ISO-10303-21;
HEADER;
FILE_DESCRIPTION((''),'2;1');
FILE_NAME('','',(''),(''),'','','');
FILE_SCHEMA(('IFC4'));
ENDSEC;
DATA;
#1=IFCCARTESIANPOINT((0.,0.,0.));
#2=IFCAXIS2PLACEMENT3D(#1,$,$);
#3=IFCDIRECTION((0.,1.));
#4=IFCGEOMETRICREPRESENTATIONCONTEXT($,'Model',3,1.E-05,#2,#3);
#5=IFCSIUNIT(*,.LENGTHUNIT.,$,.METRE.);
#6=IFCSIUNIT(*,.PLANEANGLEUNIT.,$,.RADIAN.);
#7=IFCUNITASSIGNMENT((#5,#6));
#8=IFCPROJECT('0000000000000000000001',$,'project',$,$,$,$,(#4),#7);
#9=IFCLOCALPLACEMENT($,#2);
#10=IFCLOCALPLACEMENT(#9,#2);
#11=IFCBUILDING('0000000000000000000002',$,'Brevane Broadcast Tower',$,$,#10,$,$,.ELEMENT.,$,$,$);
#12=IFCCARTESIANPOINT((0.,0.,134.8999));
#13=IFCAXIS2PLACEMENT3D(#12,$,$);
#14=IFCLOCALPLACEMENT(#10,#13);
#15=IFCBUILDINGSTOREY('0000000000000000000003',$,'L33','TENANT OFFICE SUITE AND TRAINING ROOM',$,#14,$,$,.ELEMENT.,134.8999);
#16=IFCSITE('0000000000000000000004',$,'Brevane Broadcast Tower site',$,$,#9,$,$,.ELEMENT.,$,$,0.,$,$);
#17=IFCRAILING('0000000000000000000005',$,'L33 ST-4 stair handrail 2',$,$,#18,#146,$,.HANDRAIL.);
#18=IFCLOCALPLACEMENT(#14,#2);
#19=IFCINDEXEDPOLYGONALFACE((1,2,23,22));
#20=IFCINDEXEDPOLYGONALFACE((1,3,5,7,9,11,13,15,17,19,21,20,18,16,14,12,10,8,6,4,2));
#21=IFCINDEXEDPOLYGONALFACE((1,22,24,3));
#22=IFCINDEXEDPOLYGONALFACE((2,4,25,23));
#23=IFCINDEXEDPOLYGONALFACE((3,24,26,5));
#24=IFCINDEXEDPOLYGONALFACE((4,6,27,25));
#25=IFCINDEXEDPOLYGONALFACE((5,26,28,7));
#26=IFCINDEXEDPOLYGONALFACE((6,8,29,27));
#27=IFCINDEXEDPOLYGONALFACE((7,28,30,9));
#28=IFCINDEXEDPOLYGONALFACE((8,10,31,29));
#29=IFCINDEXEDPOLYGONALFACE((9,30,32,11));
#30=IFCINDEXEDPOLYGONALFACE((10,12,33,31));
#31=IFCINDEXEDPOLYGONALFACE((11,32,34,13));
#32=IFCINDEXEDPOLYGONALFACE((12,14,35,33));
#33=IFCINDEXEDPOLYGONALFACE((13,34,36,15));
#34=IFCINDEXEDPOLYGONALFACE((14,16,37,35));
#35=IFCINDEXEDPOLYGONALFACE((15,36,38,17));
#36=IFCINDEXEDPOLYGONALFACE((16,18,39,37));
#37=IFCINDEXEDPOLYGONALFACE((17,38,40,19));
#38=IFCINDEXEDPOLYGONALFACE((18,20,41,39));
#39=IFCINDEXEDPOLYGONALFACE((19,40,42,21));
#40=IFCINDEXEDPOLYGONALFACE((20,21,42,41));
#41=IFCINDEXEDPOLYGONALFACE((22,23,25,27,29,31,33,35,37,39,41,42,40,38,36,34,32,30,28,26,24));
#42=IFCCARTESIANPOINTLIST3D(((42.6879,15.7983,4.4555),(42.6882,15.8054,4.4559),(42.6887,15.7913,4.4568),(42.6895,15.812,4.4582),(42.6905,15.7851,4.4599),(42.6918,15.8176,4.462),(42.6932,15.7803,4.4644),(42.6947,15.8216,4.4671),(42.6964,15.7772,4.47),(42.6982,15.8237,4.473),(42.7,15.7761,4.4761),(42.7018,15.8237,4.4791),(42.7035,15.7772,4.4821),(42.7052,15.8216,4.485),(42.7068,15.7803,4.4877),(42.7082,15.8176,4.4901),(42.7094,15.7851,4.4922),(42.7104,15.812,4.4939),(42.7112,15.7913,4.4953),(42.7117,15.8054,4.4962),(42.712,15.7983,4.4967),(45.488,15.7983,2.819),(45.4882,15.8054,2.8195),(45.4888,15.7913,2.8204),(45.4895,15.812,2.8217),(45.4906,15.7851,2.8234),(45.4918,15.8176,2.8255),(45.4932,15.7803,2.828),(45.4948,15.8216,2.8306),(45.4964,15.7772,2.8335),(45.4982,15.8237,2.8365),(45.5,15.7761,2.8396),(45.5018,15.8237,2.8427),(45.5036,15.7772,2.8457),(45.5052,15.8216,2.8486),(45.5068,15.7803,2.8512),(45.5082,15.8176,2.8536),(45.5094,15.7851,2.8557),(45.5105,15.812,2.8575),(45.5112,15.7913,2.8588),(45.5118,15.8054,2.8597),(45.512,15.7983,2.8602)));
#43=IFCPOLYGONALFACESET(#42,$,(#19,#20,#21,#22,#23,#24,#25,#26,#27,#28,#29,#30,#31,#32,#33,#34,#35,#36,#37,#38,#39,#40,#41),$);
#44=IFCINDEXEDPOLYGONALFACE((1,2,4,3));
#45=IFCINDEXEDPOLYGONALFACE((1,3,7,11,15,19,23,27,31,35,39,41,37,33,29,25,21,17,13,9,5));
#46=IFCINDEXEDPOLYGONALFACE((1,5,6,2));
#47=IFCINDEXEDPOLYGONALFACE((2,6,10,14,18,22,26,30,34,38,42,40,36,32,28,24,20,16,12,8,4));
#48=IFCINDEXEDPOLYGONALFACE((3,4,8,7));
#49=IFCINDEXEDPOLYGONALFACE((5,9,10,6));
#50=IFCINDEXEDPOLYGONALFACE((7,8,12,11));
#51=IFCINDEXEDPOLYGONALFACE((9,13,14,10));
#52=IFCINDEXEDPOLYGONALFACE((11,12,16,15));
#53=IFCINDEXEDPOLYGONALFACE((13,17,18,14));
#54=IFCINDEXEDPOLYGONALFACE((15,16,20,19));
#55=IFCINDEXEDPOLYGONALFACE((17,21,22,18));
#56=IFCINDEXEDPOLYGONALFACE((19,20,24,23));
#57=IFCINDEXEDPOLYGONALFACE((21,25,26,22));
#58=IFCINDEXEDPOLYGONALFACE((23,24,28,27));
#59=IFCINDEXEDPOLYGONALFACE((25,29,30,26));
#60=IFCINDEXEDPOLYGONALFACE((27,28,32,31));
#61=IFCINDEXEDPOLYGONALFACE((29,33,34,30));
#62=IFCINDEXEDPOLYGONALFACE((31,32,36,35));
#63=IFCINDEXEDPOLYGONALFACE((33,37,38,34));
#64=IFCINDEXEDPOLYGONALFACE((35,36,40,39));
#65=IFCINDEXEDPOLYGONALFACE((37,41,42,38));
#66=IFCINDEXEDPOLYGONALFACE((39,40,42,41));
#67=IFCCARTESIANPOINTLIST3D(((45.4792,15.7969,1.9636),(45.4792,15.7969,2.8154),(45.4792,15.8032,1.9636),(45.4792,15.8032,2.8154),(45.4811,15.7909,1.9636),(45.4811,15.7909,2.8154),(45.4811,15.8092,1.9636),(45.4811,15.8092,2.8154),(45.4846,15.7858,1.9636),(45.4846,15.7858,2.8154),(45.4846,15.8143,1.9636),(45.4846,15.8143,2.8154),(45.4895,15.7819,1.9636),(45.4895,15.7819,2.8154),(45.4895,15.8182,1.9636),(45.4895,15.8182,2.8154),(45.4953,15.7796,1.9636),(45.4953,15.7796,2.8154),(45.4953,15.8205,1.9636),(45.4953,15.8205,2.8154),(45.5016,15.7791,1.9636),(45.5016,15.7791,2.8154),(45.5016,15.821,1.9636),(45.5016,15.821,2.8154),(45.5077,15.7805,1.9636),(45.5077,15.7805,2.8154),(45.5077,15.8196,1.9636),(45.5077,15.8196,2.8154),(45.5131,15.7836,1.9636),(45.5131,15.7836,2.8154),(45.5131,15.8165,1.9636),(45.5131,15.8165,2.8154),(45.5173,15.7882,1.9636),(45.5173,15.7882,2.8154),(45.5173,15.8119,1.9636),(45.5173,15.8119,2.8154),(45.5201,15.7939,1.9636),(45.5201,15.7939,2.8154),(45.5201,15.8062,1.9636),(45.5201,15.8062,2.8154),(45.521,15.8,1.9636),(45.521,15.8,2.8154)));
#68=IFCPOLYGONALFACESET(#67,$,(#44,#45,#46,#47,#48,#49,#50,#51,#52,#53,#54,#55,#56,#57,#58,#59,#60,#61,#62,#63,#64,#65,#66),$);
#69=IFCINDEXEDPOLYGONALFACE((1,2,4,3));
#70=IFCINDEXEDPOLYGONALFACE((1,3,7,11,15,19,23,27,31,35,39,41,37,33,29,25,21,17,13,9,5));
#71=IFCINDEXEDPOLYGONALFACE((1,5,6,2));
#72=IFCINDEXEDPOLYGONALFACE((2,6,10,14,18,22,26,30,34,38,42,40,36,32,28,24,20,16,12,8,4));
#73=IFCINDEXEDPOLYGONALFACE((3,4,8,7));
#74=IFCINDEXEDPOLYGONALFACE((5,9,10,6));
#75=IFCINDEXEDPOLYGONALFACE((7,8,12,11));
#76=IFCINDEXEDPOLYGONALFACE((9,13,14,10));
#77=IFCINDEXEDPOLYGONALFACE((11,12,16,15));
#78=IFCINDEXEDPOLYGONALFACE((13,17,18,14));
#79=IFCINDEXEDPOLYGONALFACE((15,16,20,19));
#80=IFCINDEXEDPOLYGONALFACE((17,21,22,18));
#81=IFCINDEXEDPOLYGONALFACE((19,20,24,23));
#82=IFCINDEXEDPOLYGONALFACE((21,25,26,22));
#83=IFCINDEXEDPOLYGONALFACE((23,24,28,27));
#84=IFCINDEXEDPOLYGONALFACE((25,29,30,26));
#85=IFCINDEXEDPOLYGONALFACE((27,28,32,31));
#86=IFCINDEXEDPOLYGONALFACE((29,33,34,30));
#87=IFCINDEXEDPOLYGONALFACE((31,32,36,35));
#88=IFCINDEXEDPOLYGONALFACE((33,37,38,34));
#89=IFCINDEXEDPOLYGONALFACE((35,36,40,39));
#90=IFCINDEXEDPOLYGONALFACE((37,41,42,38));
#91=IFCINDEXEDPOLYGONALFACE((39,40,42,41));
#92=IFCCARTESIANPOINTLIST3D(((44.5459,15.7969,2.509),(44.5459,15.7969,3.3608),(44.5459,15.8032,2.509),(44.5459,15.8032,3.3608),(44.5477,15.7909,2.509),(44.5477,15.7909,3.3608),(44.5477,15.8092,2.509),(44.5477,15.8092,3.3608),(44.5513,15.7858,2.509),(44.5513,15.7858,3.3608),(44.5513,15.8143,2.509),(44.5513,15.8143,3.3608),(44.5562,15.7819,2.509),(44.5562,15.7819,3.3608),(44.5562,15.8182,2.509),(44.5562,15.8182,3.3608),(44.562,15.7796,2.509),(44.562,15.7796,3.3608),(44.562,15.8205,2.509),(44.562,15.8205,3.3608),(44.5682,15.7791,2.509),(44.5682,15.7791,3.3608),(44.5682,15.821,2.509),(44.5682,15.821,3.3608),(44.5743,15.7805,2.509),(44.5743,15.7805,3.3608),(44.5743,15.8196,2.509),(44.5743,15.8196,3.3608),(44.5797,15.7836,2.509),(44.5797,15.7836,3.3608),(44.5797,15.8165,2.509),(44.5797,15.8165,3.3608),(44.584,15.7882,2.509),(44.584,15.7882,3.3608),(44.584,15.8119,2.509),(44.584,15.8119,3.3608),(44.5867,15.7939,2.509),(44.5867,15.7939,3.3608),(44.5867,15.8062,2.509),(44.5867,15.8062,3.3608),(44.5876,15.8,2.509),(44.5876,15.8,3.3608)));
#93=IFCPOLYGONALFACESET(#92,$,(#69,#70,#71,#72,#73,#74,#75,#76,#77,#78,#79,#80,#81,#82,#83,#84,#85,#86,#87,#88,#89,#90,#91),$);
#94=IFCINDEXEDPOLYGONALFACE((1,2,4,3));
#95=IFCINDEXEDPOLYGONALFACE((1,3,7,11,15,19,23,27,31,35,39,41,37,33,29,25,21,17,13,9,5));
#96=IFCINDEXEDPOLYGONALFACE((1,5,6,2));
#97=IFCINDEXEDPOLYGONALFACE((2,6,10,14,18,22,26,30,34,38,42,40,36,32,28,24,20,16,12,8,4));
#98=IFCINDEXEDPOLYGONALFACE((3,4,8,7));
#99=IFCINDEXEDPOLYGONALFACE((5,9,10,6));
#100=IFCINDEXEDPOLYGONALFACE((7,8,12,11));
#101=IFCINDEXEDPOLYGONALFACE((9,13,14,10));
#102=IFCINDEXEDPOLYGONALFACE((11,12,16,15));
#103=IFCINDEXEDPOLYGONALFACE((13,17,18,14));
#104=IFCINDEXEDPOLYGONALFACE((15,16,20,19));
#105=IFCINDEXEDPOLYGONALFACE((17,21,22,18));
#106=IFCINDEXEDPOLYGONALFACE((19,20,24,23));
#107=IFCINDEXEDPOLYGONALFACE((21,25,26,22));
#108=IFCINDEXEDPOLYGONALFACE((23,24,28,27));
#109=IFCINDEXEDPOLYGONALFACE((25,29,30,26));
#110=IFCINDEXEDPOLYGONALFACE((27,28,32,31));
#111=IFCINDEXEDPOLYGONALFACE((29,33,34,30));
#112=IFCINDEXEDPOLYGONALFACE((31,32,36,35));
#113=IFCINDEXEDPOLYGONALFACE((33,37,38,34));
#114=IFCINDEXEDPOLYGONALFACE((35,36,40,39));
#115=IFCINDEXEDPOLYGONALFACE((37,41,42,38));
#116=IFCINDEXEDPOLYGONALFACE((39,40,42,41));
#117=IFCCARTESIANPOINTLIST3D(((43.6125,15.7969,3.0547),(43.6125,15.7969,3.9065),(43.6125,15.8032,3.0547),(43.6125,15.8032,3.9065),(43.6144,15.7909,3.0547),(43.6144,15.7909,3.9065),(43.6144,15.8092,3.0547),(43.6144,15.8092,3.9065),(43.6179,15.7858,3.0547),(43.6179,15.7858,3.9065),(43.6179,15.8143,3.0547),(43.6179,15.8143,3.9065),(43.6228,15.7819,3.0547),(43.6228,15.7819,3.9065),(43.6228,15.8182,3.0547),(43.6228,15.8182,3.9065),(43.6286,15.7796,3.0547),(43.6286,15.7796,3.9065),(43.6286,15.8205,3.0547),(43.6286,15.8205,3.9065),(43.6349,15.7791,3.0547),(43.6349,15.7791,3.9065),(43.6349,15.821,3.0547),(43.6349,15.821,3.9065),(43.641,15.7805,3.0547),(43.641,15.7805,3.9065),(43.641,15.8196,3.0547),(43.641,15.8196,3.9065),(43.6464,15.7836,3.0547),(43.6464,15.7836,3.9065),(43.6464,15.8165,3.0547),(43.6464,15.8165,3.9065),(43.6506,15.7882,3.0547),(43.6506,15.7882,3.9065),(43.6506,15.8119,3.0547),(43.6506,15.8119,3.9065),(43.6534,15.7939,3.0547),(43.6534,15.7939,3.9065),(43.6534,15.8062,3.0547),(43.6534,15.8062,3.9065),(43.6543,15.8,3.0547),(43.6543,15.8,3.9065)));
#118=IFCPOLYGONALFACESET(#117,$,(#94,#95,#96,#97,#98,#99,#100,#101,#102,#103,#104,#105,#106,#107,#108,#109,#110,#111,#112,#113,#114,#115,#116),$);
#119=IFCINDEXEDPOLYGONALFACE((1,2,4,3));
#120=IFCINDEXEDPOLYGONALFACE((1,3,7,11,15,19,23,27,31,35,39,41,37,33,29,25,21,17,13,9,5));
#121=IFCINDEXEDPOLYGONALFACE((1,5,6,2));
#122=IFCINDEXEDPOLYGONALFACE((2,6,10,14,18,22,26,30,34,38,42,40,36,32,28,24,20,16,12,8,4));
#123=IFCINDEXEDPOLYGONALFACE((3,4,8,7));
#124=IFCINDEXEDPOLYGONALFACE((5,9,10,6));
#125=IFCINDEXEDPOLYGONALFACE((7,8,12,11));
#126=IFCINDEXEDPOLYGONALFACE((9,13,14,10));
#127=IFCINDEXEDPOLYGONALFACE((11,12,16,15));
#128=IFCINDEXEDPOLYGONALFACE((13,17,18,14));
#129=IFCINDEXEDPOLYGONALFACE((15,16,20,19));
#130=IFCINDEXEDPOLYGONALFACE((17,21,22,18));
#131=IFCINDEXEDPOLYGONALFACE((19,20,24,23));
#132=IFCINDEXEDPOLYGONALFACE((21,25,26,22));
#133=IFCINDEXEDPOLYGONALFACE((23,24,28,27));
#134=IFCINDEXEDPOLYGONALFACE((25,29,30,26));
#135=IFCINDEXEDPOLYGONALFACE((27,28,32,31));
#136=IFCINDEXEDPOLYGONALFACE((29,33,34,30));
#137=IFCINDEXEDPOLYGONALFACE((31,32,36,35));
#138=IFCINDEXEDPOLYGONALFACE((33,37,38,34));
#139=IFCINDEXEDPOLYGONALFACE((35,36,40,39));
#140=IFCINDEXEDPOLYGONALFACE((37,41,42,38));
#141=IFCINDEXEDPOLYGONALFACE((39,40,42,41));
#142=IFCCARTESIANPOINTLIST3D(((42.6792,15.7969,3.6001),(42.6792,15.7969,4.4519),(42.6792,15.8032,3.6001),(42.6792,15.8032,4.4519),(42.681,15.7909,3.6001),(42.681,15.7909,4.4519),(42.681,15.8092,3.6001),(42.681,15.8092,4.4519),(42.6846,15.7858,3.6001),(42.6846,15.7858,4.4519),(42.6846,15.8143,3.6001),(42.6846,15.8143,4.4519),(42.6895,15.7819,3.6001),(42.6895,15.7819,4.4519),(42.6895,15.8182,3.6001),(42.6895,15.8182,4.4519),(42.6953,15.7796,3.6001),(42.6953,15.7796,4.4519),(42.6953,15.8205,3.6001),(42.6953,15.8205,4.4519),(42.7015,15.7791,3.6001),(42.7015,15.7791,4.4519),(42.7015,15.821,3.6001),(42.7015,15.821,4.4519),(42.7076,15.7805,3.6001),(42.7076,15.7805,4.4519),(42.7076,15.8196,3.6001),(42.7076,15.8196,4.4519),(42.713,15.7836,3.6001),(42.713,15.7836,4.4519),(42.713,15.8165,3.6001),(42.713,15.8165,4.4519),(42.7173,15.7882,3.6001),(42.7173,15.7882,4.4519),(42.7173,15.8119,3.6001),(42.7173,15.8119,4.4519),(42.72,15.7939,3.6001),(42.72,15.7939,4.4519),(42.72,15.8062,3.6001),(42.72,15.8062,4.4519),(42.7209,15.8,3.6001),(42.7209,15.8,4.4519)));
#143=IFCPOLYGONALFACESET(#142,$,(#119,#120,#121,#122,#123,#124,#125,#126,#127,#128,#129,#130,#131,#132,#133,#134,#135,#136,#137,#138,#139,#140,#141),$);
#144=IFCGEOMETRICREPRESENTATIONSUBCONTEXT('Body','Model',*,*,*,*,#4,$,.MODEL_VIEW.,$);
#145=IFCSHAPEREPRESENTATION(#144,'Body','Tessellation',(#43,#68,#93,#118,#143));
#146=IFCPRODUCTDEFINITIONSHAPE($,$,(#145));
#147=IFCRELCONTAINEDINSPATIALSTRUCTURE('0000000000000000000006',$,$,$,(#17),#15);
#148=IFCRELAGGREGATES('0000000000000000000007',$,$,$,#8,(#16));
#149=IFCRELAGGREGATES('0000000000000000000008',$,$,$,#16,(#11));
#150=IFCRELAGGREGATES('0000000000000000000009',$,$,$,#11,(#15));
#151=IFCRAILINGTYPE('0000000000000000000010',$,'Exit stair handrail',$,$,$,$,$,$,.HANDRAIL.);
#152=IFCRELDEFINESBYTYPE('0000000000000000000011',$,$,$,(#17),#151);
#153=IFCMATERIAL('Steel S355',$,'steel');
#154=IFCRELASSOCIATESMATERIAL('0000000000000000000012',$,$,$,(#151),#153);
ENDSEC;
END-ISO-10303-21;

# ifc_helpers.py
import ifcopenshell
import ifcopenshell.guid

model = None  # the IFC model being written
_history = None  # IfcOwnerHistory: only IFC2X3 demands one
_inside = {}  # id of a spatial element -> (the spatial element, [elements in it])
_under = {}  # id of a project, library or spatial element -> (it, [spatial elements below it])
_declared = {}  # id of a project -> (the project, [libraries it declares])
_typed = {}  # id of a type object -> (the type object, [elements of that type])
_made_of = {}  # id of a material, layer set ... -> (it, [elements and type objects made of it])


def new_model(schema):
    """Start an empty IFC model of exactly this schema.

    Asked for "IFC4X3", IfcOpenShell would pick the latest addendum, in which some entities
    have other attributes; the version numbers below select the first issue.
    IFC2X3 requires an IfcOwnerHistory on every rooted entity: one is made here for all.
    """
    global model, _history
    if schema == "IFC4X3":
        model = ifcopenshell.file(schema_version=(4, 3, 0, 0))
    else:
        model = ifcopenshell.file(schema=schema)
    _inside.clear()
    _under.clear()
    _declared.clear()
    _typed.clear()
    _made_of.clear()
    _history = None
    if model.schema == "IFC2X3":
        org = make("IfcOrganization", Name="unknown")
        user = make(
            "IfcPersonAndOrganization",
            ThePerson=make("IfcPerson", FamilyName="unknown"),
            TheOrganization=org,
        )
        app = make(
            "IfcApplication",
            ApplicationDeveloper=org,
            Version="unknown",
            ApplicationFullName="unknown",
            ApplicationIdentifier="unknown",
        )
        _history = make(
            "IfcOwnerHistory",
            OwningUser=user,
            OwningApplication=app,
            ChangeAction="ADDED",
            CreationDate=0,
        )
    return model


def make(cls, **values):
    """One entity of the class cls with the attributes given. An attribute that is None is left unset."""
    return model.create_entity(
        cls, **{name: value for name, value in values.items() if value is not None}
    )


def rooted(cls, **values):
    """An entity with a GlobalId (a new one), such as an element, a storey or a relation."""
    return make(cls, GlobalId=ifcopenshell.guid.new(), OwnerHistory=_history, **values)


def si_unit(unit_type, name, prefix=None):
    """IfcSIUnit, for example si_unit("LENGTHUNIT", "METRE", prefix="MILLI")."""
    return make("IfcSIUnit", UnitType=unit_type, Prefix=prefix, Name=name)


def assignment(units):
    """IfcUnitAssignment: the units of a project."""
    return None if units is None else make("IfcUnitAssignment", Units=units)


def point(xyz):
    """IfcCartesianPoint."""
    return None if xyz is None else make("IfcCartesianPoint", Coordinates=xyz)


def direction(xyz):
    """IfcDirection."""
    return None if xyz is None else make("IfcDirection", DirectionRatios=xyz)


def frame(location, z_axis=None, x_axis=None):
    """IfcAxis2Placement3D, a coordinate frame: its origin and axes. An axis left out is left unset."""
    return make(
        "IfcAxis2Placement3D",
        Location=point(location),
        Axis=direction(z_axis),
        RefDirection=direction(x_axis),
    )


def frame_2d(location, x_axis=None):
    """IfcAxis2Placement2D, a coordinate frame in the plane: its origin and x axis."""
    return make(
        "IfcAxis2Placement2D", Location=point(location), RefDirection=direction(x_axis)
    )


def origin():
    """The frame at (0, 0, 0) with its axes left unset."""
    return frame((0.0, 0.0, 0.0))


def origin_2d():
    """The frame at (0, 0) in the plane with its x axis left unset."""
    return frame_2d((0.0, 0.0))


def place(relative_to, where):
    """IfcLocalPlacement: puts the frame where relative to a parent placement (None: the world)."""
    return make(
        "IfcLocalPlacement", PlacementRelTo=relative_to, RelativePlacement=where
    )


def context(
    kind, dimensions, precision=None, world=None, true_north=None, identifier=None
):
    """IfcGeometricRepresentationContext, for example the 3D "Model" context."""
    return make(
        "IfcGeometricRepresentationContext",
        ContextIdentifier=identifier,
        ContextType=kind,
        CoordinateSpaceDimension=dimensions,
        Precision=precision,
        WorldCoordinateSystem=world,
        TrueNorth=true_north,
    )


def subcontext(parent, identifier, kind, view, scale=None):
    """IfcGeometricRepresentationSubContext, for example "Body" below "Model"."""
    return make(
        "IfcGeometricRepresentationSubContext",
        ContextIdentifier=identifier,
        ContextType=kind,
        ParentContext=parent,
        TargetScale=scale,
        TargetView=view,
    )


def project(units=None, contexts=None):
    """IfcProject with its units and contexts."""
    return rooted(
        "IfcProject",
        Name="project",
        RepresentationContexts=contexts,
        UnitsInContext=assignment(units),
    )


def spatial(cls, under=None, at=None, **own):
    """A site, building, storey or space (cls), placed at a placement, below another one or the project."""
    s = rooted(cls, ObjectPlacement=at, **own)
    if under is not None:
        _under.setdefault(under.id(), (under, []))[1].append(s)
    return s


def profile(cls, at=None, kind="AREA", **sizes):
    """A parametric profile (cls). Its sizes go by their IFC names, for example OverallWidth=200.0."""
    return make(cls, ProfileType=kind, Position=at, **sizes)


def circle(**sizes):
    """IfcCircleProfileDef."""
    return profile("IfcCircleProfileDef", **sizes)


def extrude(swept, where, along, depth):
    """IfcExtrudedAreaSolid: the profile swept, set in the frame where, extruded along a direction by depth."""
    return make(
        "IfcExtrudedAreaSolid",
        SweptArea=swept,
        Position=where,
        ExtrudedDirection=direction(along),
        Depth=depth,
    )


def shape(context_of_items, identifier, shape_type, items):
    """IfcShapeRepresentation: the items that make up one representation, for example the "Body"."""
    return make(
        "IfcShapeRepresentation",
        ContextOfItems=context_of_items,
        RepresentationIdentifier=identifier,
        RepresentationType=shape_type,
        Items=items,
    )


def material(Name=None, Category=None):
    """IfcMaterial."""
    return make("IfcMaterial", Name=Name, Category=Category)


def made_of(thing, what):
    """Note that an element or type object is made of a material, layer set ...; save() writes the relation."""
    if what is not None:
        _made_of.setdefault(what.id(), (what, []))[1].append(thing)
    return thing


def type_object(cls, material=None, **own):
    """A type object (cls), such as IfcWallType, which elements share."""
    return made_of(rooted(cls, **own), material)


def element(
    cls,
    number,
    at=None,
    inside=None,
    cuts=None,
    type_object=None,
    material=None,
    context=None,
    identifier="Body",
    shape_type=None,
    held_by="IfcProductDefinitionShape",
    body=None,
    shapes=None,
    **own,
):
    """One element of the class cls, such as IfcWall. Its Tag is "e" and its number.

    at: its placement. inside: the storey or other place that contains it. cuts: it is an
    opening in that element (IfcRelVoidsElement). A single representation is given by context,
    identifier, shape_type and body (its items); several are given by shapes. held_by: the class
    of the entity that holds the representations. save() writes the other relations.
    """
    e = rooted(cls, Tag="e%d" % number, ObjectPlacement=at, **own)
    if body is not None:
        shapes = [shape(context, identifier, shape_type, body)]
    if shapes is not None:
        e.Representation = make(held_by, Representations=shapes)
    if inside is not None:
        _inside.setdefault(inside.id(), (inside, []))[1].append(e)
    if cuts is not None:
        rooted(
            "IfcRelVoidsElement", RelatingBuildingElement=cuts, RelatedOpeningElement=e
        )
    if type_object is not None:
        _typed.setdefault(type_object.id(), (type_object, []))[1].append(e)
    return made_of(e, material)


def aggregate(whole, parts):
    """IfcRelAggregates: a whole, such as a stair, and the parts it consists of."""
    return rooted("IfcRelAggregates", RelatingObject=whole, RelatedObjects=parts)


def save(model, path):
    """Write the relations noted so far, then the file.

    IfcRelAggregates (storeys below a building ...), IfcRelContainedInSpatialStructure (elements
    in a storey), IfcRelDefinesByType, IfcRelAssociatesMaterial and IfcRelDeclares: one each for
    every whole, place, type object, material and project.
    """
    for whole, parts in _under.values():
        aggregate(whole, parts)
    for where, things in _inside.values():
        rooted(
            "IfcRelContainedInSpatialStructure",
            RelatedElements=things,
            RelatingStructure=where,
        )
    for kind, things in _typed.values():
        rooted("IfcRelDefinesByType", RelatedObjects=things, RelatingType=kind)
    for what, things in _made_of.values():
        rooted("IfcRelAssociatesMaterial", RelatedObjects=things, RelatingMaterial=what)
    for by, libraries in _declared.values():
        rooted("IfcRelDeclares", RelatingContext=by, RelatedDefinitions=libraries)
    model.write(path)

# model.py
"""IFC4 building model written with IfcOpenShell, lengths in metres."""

from ifc_helpers import new_model, si_unit, direction, frame, origin, origin_2d, place, context, subcontext, project, spatial, circle, extrude, material, type_object, element, save


model = new_model("IFC4")

# Units and contexts
model_context = context("Model", 3, precision=1e-05, world=origin(), true_north=direction((0.0, 1.0)))
body_context = subcontext(model_context, "Body", "Model", "MODEL_VIEW")
ifc_project = project(units=[si_unit("LENGTHUNIT", "METRE"), si_unit("PLANEANGLEUNIT", "RADIAN")], contexts=[model_context])

# Site, building, storey
site_placement = place(None, origin())
site = spatial("IfcSite", under=ifc_project, at=site_placement, Name="Brevane Broadcast Tower site", CompositionType="ELEMENT", RefElevation=0.0)
building_placement = place(site_placement, origin())
building = spatial("IfcBuilding", under=site, at=building_placement, Name="Brevane Broadcast Tower", CompositionType="ELEMENT")
storey_placement = place(building_placement, frame((0.0, 0.0, 134.8999)))
storey = spatial("IfcBuildingStorey", under=building, at=storey_placement, Name="L33", Description="TENANT OFFICE SUITE AND TRAINING ROOM", CompositionType="ELEMENT", Elevation=134.8999)

# Railing
ifc_material_1 = material(Name="Steel S355", Category="steel")
railing_type = type_object("IfcRailingType", Name="Exit stair handrail", PredefinedType="HANDRAIL", material=ifc_material_1)
railing_placement = place(storey_placement, frame((45.5, 15.8, 1.9636)))
element("IfcRailing", 1, at=railing_placement, inside=storey, type_object=railing_type, Name="L33 ST-4 stair handrail 2", PredefinedType="HANDRAIL", context=body_context, shape_type="SweptSolid", body=[
    extrude(circle(Radius=0.0239, at=origin_2d()), frame((0.0, 0.0, 0.876), z_axis=(-0.863361, 0.0, 0.504587), x_axis=(0.0, -1.0, 0.0)), (0.0, 0.0, 1.0), 3.2432),
    extrude(circle(Radius=0.021, at=origin_2d()), origin(), (0.0, 0.0, 1.0), 0.8518),
    extrude(circle(Radius=0.021, at=origin_2d()), frame((-0.9333, 0.0, 0.5454)), (0.0, 0.0, 1.0), 0.8518),
    extrude(circle(Radius=0.021, at=origin_2d()), frame((-1.8667, 0.0, 1.0911)), (0.0, 0.0, 1.0), 0.8518),
    extrude(circle(Radius=0.021, at=origin_2d()), frame((-2.8, 0.0, 1.6365)), (0.0, 0.0, 1.0), 0.8518),
])

save(model, "model.ifc")
